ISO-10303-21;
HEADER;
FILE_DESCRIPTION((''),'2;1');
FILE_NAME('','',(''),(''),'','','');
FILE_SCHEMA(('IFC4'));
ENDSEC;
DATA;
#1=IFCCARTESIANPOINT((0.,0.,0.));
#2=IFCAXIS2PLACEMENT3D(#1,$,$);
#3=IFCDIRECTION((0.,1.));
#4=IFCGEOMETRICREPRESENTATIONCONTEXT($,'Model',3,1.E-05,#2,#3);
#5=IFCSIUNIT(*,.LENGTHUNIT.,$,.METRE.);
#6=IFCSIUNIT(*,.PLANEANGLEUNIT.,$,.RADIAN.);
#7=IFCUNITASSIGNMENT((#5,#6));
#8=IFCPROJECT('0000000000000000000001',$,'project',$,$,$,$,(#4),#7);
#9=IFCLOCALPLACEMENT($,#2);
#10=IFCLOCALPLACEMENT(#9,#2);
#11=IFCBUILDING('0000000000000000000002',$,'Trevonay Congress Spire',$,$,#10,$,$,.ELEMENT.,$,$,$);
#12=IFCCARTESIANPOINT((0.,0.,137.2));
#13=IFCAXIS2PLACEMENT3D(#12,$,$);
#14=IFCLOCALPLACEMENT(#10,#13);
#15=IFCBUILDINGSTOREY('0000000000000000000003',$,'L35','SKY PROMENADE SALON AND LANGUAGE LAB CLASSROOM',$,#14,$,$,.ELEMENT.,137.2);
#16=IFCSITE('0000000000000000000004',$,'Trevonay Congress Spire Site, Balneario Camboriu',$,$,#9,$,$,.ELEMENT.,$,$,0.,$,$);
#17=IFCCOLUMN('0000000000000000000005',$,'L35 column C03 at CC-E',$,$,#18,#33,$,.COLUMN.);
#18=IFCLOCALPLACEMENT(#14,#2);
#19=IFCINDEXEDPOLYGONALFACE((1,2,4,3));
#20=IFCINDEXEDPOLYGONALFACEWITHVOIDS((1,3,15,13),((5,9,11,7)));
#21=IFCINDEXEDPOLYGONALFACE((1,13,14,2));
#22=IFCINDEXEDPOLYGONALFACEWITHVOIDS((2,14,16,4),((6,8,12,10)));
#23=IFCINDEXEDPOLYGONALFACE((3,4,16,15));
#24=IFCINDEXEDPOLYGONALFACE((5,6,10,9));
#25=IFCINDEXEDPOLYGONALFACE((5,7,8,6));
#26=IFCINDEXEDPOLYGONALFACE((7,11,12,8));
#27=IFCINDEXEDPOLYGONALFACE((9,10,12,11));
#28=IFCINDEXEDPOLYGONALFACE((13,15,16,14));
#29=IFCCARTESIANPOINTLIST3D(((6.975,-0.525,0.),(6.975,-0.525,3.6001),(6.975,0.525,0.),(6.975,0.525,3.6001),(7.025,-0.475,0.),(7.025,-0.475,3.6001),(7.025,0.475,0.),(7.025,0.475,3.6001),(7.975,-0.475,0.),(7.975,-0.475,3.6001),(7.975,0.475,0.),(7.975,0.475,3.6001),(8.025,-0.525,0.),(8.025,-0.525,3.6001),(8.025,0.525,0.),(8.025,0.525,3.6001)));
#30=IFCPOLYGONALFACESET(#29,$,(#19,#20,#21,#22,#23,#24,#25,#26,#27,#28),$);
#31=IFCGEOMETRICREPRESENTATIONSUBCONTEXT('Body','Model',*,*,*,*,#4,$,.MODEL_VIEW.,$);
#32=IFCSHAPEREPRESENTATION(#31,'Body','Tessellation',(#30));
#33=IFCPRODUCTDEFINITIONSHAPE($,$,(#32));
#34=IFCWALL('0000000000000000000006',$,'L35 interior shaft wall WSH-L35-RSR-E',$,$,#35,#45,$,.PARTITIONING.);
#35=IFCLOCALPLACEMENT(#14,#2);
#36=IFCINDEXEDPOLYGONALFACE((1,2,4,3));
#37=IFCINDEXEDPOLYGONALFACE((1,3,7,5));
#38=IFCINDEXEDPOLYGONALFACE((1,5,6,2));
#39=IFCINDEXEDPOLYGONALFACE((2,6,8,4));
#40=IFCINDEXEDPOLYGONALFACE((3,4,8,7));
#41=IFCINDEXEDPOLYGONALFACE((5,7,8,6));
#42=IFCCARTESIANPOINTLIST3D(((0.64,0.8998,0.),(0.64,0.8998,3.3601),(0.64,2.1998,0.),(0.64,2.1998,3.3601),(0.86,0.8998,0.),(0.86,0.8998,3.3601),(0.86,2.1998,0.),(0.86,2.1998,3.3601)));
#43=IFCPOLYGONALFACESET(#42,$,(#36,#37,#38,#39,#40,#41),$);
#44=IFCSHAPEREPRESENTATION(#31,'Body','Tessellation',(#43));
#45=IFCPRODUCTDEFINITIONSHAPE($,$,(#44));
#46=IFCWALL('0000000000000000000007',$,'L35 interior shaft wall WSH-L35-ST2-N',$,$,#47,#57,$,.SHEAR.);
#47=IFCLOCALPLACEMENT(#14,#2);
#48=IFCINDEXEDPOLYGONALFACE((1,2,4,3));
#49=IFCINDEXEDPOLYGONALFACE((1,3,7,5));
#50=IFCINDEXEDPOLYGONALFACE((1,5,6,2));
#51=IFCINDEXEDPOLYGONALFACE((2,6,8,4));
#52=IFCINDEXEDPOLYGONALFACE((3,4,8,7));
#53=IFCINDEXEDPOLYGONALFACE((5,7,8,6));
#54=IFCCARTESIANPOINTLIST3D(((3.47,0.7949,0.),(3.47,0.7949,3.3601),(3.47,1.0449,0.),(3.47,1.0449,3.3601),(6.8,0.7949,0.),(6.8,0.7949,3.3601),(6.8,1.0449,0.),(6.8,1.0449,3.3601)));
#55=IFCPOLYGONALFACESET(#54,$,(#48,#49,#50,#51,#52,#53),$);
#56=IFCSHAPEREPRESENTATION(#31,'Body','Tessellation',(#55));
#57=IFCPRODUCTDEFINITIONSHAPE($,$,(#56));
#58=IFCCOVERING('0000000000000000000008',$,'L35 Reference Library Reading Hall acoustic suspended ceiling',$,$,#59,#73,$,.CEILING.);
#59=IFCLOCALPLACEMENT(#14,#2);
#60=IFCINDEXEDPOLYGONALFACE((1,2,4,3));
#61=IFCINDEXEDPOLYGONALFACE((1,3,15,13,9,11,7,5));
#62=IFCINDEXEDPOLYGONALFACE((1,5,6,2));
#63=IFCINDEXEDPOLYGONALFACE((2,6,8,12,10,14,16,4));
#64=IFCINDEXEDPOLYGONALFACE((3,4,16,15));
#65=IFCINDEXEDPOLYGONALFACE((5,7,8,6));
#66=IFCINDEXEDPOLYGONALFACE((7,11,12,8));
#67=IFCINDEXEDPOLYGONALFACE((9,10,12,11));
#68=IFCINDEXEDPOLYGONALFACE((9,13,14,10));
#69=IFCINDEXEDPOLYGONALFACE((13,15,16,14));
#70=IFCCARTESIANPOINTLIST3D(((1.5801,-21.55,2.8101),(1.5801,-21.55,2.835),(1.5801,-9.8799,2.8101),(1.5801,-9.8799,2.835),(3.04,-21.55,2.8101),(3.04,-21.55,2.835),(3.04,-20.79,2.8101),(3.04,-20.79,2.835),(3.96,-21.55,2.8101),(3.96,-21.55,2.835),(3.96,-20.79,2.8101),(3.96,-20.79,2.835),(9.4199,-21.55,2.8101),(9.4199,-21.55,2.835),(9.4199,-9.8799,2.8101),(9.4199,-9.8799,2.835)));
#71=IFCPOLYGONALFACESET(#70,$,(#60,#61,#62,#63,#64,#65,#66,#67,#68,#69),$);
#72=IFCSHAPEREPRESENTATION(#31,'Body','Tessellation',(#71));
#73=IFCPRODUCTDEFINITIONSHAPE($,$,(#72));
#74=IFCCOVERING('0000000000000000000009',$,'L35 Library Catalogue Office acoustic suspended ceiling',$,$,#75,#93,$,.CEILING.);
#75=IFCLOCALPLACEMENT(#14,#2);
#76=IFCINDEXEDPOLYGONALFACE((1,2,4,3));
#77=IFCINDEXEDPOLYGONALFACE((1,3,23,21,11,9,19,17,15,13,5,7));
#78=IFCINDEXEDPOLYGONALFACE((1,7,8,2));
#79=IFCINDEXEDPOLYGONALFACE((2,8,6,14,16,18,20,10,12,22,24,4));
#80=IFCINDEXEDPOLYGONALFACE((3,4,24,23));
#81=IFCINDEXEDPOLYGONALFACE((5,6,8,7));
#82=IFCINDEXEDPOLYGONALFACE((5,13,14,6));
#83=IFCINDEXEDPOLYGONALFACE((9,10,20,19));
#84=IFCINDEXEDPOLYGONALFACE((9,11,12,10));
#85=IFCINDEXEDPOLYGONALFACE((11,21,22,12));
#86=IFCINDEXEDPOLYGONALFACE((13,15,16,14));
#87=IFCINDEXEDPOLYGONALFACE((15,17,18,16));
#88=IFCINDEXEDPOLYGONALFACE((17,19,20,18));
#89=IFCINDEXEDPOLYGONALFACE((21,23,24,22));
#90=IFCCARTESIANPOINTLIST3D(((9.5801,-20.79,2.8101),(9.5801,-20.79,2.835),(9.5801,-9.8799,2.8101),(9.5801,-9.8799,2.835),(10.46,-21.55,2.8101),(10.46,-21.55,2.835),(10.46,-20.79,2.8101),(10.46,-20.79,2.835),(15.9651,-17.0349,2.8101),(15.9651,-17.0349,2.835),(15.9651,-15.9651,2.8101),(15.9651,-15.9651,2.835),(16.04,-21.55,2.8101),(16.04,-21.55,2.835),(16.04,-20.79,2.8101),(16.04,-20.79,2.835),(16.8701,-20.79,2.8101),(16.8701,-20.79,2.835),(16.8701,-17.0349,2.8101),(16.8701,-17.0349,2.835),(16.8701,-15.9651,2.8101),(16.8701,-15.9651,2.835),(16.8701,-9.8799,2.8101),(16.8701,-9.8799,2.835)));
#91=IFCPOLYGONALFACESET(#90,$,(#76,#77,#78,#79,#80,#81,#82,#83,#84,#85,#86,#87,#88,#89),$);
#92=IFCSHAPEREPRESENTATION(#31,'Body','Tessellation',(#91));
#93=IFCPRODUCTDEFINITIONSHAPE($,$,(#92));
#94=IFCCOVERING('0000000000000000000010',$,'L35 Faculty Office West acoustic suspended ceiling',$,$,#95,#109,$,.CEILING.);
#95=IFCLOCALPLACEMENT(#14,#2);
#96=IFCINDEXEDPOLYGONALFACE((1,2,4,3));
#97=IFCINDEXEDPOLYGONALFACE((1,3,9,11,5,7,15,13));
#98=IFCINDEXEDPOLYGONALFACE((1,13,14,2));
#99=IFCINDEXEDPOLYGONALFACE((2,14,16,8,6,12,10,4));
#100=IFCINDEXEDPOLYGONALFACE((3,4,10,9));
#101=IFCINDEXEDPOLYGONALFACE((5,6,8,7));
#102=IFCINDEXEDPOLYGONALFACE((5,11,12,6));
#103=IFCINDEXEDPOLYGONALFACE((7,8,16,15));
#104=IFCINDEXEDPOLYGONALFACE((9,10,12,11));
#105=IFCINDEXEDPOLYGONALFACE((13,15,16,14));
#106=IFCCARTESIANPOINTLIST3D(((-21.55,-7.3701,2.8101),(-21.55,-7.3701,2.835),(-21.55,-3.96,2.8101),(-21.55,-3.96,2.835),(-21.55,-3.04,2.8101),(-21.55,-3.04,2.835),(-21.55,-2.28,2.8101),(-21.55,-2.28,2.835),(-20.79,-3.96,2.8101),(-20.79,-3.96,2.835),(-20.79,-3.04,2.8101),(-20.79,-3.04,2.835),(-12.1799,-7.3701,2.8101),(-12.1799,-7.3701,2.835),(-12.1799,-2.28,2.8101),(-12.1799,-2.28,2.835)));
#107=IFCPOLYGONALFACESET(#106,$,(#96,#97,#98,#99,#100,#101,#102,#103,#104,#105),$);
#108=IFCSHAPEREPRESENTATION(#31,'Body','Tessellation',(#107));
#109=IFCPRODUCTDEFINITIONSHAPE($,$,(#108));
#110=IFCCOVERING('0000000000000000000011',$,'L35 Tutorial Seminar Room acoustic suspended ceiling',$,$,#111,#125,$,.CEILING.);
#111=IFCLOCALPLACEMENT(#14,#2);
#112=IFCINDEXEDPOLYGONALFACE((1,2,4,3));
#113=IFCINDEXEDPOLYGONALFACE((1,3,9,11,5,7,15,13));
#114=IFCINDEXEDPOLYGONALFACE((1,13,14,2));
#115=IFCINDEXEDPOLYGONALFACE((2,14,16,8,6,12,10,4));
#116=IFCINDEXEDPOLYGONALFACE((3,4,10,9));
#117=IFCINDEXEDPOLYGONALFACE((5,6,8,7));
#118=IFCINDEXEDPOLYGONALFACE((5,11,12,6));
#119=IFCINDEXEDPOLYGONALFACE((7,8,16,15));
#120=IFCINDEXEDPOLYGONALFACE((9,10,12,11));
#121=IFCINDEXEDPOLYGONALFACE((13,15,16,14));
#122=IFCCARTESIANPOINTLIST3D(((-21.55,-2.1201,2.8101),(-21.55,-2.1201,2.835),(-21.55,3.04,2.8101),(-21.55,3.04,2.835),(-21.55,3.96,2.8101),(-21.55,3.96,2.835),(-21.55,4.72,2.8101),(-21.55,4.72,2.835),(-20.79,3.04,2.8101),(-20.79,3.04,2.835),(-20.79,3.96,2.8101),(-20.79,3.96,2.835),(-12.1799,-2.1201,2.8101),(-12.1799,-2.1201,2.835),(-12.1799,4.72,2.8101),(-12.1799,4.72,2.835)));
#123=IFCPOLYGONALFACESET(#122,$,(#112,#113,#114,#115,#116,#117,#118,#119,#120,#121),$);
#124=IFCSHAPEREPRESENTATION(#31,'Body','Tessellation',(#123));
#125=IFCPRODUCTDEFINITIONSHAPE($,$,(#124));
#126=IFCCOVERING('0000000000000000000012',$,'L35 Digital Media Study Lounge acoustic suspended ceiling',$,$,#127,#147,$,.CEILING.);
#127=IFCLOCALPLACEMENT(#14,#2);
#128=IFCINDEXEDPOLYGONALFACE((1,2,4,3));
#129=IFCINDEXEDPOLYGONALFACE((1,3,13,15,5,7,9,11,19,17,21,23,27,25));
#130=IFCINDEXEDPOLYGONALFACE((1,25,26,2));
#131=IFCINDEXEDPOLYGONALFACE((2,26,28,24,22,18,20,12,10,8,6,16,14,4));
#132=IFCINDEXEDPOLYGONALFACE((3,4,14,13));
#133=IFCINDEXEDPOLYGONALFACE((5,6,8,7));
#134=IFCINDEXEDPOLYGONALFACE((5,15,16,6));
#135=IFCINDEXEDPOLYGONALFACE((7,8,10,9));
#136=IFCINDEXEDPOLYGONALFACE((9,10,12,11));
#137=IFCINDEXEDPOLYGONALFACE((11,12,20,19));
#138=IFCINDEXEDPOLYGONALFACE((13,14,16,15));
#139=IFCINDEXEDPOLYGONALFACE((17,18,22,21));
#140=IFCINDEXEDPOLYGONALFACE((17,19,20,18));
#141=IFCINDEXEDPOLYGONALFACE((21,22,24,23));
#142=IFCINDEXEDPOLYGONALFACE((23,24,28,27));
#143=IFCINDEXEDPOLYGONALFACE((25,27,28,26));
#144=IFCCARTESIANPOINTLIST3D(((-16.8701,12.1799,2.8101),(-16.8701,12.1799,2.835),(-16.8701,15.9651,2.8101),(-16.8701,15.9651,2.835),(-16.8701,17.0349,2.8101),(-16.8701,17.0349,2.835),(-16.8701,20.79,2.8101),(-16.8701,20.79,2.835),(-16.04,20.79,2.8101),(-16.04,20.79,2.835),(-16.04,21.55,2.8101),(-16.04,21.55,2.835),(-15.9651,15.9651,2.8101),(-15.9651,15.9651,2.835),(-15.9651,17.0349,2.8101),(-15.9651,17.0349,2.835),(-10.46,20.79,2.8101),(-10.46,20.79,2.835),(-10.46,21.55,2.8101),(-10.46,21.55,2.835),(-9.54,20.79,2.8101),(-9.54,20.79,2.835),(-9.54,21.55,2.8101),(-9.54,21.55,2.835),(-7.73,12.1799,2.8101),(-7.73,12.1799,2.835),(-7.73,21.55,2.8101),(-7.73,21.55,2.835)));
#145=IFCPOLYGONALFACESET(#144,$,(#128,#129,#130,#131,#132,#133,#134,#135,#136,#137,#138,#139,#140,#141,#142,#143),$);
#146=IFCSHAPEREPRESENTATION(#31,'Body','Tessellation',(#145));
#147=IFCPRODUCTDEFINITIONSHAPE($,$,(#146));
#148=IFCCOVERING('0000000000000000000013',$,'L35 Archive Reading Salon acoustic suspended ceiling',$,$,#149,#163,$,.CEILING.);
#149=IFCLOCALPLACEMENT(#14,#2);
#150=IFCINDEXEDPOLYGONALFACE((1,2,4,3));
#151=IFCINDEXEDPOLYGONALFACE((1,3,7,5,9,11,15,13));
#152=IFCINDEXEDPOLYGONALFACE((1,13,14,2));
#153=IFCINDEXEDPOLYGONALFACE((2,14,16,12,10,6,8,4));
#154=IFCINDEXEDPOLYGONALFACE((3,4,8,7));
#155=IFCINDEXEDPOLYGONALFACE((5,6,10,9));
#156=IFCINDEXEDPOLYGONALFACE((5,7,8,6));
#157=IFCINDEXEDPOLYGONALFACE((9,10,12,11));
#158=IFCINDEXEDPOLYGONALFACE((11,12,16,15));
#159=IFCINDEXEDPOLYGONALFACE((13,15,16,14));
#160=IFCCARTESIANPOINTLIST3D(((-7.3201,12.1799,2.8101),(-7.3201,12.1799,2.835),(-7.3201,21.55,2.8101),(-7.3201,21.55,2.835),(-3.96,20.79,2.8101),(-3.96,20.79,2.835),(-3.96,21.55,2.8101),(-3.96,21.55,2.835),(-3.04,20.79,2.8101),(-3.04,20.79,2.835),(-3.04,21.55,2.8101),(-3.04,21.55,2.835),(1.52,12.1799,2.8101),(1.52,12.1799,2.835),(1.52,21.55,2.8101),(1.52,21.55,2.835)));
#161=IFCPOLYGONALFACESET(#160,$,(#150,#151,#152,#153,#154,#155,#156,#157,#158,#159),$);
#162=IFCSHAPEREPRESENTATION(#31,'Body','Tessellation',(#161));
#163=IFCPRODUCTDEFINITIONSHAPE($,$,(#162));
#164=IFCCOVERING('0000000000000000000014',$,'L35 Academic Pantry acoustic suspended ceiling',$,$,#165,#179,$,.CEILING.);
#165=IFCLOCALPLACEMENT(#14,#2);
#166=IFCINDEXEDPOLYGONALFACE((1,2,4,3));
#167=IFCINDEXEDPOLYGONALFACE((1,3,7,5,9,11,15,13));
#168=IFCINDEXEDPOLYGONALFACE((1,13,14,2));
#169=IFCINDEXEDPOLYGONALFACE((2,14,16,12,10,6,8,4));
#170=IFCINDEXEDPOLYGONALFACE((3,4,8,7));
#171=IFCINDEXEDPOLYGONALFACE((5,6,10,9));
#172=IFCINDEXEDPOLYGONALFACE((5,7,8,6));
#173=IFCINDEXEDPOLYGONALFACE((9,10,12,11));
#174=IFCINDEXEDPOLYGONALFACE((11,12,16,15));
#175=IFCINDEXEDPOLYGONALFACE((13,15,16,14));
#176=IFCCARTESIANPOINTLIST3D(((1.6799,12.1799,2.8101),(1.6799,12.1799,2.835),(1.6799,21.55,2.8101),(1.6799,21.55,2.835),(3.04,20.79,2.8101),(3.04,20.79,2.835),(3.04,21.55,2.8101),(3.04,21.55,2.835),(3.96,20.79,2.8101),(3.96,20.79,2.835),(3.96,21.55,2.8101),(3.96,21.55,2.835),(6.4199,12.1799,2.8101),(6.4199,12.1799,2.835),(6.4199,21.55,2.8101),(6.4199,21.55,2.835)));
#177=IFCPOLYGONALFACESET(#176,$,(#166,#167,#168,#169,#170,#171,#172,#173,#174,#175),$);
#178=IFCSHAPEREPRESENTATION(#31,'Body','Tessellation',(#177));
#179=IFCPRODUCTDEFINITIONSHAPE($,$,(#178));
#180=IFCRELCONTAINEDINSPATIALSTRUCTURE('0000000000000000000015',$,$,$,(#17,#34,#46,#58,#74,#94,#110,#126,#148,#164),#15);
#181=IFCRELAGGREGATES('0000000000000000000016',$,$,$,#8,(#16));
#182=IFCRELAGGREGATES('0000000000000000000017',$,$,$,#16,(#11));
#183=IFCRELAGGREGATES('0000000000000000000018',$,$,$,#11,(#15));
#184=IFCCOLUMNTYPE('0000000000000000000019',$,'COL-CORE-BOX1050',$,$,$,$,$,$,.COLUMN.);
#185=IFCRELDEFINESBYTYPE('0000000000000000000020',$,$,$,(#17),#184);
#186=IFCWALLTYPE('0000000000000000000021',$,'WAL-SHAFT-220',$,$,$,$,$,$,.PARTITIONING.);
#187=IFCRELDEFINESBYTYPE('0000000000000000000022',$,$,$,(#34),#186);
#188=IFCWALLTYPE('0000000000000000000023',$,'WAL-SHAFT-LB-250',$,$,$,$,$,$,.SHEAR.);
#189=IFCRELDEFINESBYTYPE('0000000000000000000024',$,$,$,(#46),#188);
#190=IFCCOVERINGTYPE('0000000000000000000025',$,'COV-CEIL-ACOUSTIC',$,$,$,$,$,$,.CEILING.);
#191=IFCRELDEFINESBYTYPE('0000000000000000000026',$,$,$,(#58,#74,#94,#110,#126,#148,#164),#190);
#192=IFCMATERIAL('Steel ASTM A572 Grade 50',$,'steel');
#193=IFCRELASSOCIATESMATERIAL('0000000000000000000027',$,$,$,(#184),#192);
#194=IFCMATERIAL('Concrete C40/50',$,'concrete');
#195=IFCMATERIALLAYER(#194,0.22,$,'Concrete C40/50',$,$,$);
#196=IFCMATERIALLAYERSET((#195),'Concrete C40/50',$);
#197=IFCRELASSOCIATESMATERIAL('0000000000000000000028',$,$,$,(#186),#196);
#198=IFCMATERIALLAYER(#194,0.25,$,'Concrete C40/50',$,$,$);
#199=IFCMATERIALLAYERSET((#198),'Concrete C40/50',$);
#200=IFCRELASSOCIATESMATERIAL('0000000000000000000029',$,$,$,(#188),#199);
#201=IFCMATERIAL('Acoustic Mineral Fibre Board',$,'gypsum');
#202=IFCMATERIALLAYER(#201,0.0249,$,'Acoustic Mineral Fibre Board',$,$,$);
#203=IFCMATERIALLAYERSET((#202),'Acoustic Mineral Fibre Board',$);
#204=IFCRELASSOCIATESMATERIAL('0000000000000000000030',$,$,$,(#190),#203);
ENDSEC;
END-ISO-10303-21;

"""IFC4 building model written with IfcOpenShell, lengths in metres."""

from ifc_helpers import new_model, si_unit, direction, frame, frame_2d, origin, origin_2d, place, context, subcontext, project, spatial, polyline, rectangle, hollow_rectangle, outline, extrude, material, layer, layer_set, material_profile, profile_set, type_object, element, save


model = new_model("IFC4")

# Units and contexts
model_context = context("Model", 3, precision=1e-05, world=origin(), true_north=direction((0.0, 1.0)))
body_context = subcontext(model_context, "Body", "Model", "MODEL_VIEW")
ifc_project = project(units=[si_unit("LENGTHUNIT", "METRE"), si_unit("PLANEANGLEUNIT", "RADIAN")], contexts=[model_context])

# Site, building, storey
site_placement = place(None, origin())
site = spatial("IfcSite", under=ifc_project, at=site_placement, Name="Trevonay Congress Spire Site, Balneario Camboriu", CompositionType="ELEMENT", RefElevation=0.0)
building_placement = place(site_placement, origin())
building = spatial("IfcBuilding", under=site, at=building_placement, Name="Trevonay Congress Spire", CompositionType="ELEMENT")
storey_placement = place(building_placement, frame((0.0, 0.0, 137.2)))
storey = spatial("IfcBuildingStorey", under=building, at=storey_placement, Name="L35", Description="SKY PROMENADE SALON AND LANGUAGE LAB CLASSROOM", CompositionType="ELEMENT", Elevation=137.2)

# Column
ifc_material_1 = material(Name="Steel ASTM A572 Grade 50", Category="steel")
ifc_material_profile = material_profile(ifc_material_1, hollow_rectangle(XDim=1.05, YDim=1.05, WallThickness=0.05, at=origin_2d()), Name="BOX 1050x1050x50")
ifc_profile_set = profile_set([ifc_material_profile], Name="Steel ASTM A572 Grade 50")
column_type = type_object("IfcColumnType", Name="COL-CORE-BOX1050", PredefinedType="COLUMN", material=ifc_profile_set)
column_placement = place(storey_placement, frame((7.5, 0.0, 0.0), z_axis=(0.0, 0.0, 1.0), x_axis=(1.0, 0.0, 0.0)))
element("IfcColumn", 1, at=column_placement, inside=storey, type_object=column_type, Name="L35 column C03 at CC-E", PredefinedType="COLUMN", context=body_context, shape_type="SweptSolid", body=[
    extrude(hollow_rectangle(XDim=1.05, YDim=1.05, WallThickness=0.05, at=origin_2d()), origin(), (0.0, 0.0, 1.0), 3.6001),
])

# Walls
ifc_material_2 = material(Name="Concrete C40/50", Category="concrete")
ifc_layer_1 = layer(ifc_material_2, 0.22, Name="Concrete C40/50")
ifc_layer_set_1 = layer_set([ifc_layer_1], Name="Concrete C40/50")
wall_type_1 = type_object("IfcWallType", Name="WAL-SHAFT-220", PredefinedType="PARTITIONING", material=ifc_layer_set_1)
wall_1_placement = place(storey_placement, frame((0.75, 0.8999, 0.0), z_axis=(0.0, 0.0, 1.0), x_axis=(0.0, 1.0, 0.0)))
element("IfcWall", 2, at=wall_1_placement, inside=storey, type_object=wall_type_1, Name="L35 interior shaft wall WSH-L35-RSR-E", PredefinedType="PARTITIONING", context=body_context, shape_type="SweptSolid", body=[
    extrude(rectangle(XDim=1.3, YDim=0.22, at=frame_2d((0.6499, 0.0))), origin(), (0.0, 0.0, 1.0), 3.3601),
])
ifc_layer_2 = layer(ifc_material_2, 0.25, Name="Concrete C40/50")
ifc_layer_set_2 = layer_set([ifc_layer_2], Name="Concrete C40/50")
wall_type_2 = type_object("IfcWallType", Name="WAL-SHAFT-LB-250", PredefinedType="SHEAR", material=ifc_layer_set_2)
wall_2_placement = place(storey_placement, frame((3.47, 0.9199, 0.0), z_axis=(0.0, 0.0, 1.0), x_axis=(1.0, 0.0, 0.0)))
element("IfcWall", 3, at=wall_2_placement, inside=storey, type_object=wall_type_2, Name="L35 interior shaft wall WSH-L35-ST2-N", PredefinedType="SHEAR", context=body_context, shape_type="SweptSolid", body=[
    extrude(rectangle(XDim=3.3301, YDim=0.25, at=frame_2d((1.665, 0.0))), origin(), (0.0, 0.0, 1.0), 3.3601),
])

# Coverings
ifc_material_3 = material(Name="Acoustic Mineral Fibre Board", Category="gypsum")
ifc_layer_3 = layer(ifc_material_3, 0.0249, Name="Acoustic Mineral Fibre Board")
ifc_layer_set_3 = layer_set([ifc_layer_3], Name="Acoustic Mineral Fibre Board")
covering_type_1 = type_object("IfcCoveringType", Name="COV-CEIL-ACOUSTIC", PredefinedType="CEILING", material=ifc_layer_set_3)
covering_1_placement = place(storey_placement, frame((0.0, 0.0, 2.8101)))
element("IfcCovering", 4, at=covering_1_placement, inside=storey, type_object=covering_type_1, Name="L35 Reference Library Reading Hall acoustic suspended ceiling", PredefinedType="CEILING", context=body_context, shape_type="SweptSolid", body=[
    extrude(outline(polyline([(1.5801, -21.55), (1.5801, -9.8799), (9.4199, -9.8799), (9.4199, -21.55), (3.96, -21.55), (3.96, -20.79), (3.04, -20.79), (3.04, -21.55), (1.5801, -21.55)])), origin(), (0.0, 0.0, 1.0), 0.0249),
])
covering_2_placement = place(storey_placement, frame((0.0, 0.0, 2.8101)))
element("IfcCovering", 5, at=covering_2_placement, inside=storey, type_object=covering_type_1, Name="L35 Library Catalogue Office acoustic suspended ceiling", PredefinedType="CEILING", context=body_context, shape_type="SweptSolid", body=[
    extrude(outline(polyline([(10.46, -21.55), (10.46, -20.79), (9.5801, -20.79), (9.5801, -9.8799), (16.8701, -9.8799), (16.8701, -15.9651), (15.9651, -15.9651), (15.9651, -17.0349), (16.8701, -17.0349), (16.8701, -20.79), (16.04, -20.79), (16.04, -21.55), (10.46, -21.55)])), origin(), (0.0, 0.0, 1.0), 0.0249),
])
covering_3_placement = place(storey_placement, frame((0.0, 0.0, 2.8101)))
element("IfcCovering", 6, at=covering_3_placement, inside=storey, type_object=covering_type_1, Name="L35 Faculty Office West acoustic suspended ceiling", PredefinedType="CEILING", context=body_context, shape_type="SweptSolid", body=[
    extrude(outline(polyline([(-21.55, -2.28), (-12.1799, -2.28), (-12.1799, -7.3701), (-21.55, -7.3701), (-21.55, -3.96), (-20.79, -3.96), (-20.79, -3.04), (-21.55, -3.04), (-21.55, -2.28)])), origin(), (0.0, 0.0, 1.0), 0.0249),
])
covering_4_placement = place(storey_placement, frame((0.0, 0.0, 2.8101)))
element("IfcCovering", 7, at=covering_4_placement, inside=storey, type_object=covering_type_1, Name="L35 Tutorial Seminar Room acoustic suspended ceiling", PredefinedType="CEILING", context=body_context, shape_type="SweptSolid", body=[
    extrude(outline(polyline([(-21.55, 4.72), (-12.1799, 4.72), (-12.1799, -2.1201), (-21.55, -2.1201), (-21.55, 3.04), (-20.79, 3.04), (-20.79, 3.96), (-21.55, 3.96), (-21.55, 4.72)])), origin(), (0.0, 0.0, 1.0), 0.0249),
])
covering_5_placement = place(storey_placement, frame((0.0, 0.0, 2.8101)))
element("IfcCovering", 8, at=covering_5_placement, inside=storey, type_object=covering_type_1, Name="L35 Digital Media Study Lounge acoustic suspended ceiling", PredefinedType="CEILING", context=body_context, shape_type="SweptSolid", body=[
    extrude(outline(polyline([(-7.73, 21.55), (-7.73, 12.1799), (-16.8701, 12.1799), (-16.8701, 15.9651), (-15.9651, 15.9651), (-15.9651, 17.0349), (-16.8701, 17.0349), (-16.8701, 20.79), (-16.04, 20.79), (-16.04, 21.55), (-10.46, 21.55), (-10.46, 20.79), (-9.54, 20.79), (-9.54, 21.55), (-7.73, 21.55)])), origin(), (0.0, 0.0, 1.0), 0.0249),
])
covering_6_placement = place(storey_placement, frame((0.0, 0.0, 2.8101)))
element("IfcCovering", 9, at=covering_6_placement, inside=storey, type_object=covering_type_1, Name="L35 Archive Reading Salon acoustic suspended ceiling", PredefinedType="CEILING", context=body_context, shape_type="SweptSolid", body=[
    extrude(outline(polyline([(1.52, 21.55), (1.52, 12.1799), (-7.3201, 12.1799), (-7.3201, 21.55), (-3.96, 21.55), (-3.96, 20.79), (-3.04, 20.79), (-3.04, 21.55), (1.52, 21.55)])), origin(), (0.0, 0.0, 1.0), 0.0249),
])
covering_7_placement = place(storey_placement, frame((0.0, 0.0, 2.8101)))
element("IfcCovering", 10, at=covering_7_placement, inside=storey, type_object=covering_type_1, Name="L35 Academic Pantry acoustic suspended ceiling", PredefinedType="CEILING", context=body_context, shape_type="SweptSolid", body=[
    extrude(outline(polyline([(6.4199, 21.55), (6.4199, 12.1799), (1.6799, 12.1799), (1.6799, 21.55), (3.04, 21.55), (3.04, 20.79), (3.96, 20.79), (3.96, 21.55), (6.4199, 21.55)])), origin(), (0.0, 0.0, 1.0), 0.0249),
])

save(model, "model.ifc")
